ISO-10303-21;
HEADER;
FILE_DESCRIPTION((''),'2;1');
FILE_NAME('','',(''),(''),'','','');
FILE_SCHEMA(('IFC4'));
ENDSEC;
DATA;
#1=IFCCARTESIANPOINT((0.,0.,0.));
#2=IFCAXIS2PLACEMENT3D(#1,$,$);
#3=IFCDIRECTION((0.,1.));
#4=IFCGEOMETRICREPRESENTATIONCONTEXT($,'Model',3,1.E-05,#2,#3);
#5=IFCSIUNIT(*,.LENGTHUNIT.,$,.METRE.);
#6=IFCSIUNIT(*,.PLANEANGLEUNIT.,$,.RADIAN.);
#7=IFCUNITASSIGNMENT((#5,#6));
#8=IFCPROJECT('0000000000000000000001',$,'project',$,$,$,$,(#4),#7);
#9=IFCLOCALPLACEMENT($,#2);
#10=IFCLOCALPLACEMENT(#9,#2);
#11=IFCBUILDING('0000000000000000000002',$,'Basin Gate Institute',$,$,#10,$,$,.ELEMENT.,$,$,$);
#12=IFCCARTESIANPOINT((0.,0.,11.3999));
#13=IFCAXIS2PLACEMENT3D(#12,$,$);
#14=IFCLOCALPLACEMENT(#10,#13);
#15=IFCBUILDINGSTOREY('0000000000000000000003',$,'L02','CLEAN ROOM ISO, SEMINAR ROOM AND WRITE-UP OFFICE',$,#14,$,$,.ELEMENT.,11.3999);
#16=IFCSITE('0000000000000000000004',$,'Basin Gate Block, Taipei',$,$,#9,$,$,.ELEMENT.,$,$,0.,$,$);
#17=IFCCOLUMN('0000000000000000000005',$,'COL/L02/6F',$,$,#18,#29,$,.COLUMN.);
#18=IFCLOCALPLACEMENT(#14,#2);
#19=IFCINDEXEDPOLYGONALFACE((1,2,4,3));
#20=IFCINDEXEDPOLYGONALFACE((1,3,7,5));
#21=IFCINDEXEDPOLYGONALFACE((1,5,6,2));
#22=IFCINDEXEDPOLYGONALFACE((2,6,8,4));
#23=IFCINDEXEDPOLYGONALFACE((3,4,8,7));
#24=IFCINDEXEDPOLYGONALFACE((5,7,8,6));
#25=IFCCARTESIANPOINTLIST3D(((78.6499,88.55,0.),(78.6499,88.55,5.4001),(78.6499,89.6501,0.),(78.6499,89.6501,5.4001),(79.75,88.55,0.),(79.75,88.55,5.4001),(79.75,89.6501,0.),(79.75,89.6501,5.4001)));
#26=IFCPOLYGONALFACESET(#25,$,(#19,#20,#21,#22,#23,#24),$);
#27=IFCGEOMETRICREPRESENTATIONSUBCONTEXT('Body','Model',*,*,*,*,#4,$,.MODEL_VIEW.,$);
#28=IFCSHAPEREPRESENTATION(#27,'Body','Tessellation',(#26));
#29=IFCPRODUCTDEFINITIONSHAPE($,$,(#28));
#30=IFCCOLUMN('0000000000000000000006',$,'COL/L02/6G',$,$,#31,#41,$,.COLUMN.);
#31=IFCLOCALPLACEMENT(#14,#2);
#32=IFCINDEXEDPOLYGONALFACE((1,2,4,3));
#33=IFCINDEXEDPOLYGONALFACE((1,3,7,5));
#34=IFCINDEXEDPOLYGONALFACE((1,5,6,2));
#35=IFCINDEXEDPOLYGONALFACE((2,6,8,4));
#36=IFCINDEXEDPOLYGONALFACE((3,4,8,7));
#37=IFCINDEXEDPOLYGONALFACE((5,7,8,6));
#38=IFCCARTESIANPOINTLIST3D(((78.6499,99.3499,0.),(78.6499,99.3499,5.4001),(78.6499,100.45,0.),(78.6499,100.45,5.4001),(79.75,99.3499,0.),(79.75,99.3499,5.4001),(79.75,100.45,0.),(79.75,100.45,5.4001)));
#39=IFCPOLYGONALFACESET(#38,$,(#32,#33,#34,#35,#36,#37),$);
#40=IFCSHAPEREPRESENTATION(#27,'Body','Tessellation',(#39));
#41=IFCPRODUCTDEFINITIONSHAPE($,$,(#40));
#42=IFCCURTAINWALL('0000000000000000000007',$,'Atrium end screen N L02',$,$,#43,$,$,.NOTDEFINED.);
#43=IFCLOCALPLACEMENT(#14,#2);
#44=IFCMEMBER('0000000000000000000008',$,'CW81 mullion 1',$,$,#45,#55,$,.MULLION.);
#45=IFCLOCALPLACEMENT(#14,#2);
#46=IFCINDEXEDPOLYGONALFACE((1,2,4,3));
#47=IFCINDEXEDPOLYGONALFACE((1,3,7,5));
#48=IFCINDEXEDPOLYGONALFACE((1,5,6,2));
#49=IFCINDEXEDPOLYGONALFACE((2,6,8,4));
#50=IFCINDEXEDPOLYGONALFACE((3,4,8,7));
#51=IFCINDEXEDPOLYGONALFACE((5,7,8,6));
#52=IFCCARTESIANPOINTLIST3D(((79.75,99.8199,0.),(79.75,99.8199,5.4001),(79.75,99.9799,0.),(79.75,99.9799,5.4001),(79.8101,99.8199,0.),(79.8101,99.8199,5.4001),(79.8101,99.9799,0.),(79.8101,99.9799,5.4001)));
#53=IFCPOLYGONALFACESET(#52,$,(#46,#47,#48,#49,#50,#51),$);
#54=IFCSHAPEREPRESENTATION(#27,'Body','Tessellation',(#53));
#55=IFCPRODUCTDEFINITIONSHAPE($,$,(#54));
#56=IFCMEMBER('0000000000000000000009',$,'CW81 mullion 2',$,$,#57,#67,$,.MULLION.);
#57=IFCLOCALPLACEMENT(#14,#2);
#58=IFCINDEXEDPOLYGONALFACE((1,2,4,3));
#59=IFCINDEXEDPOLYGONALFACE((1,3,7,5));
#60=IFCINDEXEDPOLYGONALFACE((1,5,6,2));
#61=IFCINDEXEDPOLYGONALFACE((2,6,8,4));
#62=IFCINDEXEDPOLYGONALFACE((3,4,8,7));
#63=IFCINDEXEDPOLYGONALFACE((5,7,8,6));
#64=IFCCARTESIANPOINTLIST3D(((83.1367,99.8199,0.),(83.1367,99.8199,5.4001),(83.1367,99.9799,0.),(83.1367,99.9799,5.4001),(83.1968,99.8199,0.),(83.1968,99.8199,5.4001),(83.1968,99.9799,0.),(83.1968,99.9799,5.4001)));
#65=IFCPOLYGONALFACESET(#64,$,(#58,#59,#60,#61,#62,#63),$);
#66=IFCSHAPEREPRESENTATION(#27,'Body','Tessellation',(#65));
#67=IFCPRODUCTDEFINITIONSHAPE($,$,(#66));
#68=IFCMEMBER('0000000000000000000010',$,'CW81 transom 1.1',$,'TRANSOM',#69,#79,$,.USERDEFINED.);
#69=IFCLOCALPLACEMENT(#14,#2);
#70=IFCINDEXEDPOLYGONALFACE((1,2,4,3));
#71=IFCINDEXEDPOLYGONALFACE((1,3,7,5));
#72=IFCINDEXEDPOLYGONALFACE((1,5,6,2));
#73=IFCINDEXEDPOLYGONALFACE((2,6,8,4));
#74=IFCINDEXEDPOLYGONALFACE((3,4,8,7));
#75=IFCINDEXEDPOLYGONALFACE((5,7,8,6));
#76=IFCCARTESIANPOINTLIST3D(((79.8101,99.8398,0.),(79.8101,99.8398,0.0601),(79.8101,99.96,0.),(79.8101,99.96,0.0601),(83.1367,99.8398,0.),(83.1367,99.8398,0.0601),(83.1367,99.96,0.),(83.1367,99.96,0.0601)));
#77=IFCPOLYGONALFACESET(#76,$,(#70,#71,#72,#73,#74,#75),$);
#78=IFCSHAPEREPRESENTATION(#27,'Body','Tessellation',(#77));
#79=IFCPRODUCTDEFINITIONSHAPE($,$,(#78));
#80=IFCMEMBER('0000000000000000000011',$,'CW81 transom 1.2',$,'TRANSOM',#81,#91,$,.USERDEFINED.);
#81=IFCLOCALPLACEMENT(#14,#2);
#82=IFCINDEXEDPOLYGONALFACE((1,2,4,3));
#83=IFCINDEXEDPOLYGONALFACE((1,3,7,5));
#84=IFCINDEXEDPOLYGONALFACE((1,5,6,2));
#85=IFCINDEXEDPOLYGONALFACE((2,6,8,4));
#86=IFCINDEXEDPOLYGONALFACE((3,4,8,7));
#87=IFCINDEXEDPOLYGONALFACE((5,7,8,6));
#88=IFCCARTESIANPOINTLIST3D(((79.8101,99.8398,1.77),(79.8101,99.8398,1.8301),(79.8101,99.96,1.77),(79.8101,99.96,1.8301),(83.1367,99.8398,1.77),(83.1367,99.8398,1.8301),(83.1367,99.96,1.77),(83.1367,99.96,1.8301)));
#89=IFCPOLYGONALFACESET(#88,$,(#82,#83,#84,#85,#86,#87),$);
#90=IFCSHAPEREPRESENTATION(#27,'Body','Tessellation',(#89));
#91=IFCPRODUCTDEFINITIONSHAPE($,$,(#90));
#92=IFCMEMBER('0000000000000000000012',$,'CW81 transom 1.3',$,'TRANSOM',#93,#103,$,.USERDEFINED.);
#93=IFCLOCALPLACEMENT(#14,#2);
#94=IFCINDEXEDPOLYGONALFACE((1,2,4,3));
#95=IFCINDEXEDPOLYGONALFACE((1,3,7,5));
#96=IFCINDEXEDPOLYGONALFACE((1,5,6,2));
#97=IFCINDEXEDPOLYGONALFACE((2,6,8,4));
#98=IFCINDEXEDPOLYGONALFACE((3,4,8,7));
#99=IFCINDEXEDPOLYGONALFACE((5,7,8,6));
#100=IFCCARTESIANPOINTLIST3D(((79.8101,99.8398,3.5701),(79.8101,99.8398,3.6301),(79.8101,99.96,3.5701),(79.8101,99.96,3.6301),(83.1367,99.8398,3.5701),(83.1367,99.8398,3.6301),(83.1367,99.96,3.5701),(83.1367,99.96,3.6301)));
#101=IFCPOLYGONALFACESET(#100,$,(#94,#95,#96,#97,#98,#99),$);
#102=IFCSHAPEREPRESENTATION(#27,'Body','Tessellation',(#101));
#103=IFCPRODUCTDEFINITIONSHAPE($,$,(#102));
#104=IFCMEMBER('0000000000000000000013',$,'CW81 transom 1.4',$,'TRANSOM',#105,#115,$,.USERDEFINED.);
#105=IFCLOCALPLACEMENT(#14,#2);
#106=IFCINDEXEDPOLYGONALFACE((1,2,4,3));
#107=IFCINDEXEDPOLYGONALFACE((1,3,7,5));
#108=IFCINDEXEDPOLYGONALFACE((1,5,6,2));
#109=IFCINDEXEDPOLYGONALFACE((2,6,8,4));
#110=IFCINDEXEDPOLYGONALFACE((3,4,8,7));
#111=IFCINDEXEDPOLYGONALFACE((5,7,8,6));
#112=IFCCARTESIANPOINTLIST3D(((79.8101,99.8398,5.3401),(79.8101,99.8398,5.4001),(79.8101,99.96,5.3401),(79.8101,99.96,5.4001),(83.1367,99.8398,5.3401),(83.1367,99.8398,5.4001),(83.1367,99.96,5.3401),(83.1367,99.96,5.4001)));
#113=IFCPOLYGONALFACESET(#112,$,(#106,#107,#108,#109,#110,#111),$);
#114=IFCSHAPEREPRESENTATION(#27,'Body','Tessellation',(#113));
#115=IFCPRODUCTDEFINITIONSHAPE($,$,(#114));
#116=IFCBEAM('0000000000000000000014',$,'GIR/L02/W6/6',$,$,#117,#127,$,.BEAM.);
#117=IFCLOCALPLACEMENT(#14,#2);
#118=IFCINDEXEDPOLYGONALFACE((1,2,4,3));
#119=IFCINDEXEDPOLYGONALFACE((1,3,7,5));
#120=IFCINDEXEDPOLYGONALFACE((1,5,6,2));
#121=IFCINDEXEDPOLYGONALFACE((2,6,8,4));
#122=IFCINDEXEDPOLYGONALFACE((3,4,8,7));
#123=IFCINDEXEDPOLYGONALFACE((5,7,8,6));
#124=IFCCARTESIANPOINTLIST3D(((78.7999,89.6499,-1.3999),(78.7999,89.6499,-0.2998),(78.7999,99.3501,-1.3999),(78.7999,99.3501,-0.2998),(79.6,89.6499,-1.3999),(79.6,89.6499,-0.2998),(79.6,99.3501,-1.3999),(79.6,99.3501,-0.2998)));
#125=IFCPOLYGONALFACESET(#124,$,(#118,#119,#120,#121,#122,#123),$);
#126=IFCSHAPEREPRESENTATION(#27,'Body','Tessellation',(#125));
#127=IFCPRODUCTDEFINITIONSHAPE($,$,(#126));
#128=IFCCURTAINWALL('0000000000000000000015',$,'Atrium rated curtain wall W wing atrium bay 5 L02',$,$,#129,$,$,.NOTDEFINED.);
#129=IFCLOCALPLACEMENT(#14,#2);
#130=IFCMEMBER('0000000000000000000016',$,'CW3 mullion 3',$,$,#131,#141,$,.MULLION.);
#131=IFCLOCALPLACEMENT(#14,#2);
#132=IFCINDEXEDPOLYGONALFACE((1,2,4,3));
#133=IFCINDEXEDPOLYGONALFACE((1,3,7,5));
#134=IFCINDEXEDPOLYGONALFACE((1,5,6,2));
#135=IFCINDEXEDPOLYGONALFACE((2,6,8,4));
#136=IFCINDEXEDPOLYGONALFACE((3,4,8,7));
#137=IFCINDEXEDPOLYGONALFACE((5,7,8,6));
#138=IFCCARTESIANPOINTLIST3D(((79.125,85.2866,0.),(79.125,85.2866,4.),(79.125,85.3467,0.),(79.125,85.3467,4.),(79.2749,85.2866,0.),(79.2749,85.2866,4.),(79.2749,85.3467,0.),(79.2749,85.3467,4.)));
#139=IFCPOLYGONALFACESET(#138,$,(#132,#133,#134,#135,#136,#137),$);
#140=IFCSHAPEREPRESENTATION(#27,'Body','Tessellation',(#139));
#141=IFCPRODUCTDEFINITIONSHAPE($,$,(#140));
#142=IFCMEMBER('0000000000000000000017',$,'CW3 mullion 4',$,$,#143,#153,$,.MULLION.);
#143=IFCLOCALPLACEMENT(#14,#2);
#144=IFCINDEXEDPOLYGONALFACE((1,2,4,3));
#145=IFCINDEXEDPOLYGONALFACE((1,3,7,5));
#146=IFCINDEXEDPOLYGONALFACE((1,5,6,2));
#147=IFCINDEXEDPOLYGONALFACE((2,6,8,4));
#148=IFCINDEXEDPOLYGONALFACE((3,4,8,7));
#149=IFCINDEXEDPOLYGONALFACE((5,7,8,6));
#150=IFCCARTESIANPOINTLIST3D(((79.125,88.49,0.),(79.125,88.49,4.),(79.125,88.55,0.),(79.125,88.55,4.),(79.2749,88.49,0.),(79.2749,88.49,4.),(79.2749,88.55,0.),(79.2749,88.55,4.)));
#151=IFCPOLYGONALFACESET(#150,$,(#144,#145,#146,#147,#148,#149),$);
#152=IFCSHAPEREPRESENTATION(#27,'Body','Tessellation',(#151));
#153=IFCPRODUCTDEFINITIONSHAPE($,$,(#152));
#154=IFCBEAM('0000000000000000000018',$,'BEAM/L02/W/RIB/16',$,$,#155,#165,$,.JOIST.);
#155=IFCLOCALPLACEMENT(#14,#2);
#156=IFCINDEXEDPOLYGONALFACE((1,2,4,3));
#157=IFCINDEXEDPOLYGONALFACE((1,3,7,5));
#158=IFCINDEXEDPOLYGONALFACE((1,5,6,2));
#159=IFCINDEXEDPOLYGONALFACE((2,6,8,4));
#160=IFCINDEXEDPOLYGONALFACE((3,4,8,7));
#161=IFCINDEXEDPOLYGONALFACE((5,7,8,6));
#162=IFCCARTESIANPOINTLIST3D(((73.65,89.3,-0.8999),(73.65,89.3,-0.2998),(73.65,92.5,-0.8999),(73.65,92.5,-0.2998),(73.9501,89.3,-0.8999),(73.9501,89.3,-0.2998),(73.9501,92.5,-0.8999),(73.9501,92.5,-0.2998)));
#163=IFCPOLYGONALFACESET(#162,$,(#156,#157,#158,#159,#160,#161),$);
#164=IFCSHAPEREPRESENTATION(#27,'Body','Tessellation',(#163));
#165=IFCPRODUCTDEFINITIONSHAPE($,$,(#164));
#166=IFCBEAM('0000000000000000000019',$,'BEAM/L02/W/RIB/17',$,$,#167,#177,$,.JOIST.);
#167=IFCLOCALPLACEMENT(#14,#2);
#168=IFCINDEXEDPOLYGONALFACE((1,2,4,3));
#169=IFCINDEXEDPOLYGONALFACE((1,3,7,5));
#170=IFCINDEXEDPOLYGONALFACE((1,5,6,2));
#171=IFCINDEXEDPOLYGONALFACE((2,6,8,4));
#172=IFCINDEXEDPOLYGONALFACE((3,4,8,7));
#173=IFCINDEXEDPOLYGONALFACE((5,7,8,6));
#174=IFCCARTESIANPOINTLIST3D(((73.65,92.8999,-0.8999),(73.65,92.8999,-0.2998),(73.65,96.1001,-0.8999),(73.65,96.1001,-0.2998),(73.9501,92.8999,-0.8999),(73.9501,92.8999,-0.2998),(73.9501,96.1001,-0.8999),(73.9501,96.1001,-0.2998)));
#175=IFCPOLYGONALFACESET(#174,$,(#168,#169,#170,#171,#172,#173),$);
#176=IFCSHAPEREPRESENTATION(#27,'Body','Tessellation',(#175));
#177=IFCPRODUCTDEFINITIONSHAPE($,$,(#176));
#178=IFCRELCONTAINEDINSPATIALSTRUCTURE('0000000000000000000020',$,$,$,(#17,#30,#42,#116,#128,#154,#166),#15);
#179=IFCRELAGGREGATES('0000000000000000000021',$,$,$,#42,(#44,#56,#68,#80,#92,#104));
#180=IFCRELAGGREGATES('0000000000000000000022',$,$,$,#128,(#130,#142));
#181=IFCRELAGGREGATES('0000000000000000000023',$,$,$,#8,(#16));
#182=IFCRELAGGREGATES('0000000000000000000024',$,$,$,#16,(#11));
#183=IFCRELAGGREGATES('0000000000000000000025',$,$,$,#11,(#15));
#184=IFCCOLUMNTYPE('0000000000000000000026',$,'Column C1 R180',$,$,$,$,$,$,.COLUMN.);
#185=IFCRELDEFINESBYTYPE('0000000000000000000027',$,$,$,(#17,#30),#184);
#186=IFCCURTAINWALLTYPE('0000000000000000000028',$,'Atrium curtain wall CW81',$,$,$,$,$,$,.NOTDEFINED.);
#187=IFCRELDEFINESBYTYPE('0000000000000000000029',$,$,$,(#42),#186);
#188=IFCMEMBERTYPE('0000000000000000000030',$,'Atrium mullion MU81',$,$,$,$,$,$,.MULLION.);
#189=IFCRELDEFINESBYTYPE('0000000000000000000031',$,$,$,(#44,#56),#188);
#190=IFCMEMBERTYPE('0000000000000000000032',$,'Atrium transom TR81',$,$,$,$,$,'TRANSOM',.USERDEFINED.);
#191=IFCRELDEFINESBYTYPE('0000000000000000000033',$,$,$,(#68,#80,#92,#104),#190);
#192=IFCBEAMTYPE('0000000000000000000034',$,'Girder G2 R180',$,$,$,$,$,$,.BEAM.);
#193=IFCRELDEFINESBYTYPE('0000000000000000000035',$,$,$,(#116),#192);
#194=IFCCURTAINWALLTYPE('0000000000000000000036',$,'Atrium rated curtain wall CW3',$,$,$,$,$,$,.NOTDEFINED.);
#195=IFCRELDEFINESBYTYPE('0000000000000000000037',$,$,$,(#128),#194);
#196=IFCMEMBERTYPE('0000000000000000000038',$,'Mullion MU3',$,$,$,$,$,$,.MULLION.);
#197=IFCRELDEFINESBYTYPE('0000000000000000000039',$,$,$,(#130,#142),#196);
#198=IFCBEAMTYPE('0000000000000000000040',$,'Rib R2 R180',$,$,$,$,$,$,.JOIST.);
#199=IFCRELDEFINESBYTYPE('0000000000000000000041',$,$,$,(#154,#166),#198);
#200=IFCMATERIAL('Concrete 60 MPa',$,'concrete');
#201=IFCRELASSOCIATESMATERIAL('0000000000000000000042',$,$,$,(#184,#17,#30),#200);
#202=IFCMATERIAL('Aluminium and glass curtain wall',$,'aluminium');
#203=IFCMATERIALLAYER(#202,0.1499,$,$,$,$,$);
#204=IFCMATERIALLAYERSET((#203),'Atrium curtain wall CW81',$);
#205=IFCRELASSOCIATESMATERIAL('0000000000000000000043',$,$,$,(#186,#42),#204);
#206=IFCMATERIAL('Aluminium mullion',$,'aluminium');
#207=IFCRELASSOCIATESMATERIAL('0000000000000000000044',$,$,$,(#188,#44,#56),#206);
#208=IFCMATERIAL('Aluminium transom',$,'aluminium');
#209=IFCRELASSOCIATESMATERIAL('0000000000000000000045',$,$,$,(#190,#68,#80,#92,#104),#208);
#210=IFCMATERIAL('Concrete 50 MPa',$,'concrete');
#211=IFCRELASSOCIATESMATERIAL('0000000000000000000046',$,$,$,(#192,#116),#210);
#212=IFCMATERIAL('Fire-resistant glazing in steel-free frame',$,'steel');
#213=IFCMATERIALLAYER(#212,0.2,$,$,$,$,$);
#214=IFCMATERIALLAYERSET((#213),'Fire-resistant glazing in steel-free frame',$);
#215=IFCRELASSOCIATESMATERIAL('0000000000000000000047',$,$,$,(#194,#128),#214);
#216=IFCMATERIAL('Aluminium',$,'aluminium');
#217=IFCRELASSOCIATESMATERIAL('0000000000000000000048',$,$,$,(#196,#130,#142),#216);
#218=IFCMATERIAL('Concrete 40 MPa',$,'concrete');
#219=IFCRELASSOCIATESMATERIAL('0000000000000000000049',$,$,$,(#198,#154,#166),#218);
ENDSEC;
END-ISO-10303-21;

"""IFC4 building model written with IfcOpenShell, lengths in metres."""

from ifc_helpers import new_model, si_unit, direction, frame, origin, origin_2d, place, context, subcontext, project, spatial, rectangle, extrude, material, layer, layer_set, material_profile, profile_set, type_object, element, aggregate, save


model = new_model("IFC4")

# Units and contexts
model_context = context("Model", 3, precision=1e-05, world=origin(), true_north=direction((0.0, 1.0)))
body_context = subcontext(model_context, "Body", "Model", "MODEL_VIEW")
ifc_project = project(units=[si_unit("LENGTHUNIT", "METRE"), si_unit("PLANEANGLEUNIT", "RADIAN")], contexts=[model_context])

# Site, building, storey
site_placement = place(None, origin())
site = spatial("IfcSite", under=ifc_project, at=site_placement, Name="Basin Gate Block, Taipei", CompositionType="ELEMENT", RefElevation=0.0)
building_placement = place(site_placement, origin())
building = spatial("IfcBuilding", under=site, at=building_placement, Name="Basin Gate Institute", CompositionType="ELEMENT")
storey_placement = place(building_placement, frame((0.0, 0.0, 11.3999)))
storey = spatial("IfcBuildingStorey", under=building, at=storey_placement, Name="L02", Description="CLEAN ROOM ISO, SEMINAR ROOM AND WRITE-UP OFFICE", CompositionType="ELEMENT", Elevation=11.3999)

# Columns
ifc_material_1 = material(Name="Concrete 60 MPa", Category="concrete")
ifc_material_profile_1 = material_profile(ifc_material_1, rectangle(XDim=1.1001, YDim=1.1001, at=origin_2d()), Name="Column C1 1100 x 1100")
ifc_profile_set_1 = profile_set([ifc_material_profile_1], Name="Concrete 60 MPa")
column_type = type_object("IfcColumnType", Name="Column C1 R180", PredefinedType="COLUMN", material=ifc_profile_set_1)
for number, where, z_axis, x_axis, name in (
    (1, (79.2, 89.1001, 0.0), (0.0, 0.0, 1.0), (1.0, 0.0, 0.0), "COL/L02/6F"),
    (2, (79.2, 99.8999, 0.0), (0.0, 0.0, 1.0), (1.0, 0.0, 0.0), "COL/L02/6G"),
):
    element("IfcColumn", number, at=place(storey_placement, frame(where, z_axis=z_axis, x_axis=x_axis)), inside=storey, type_object=column_type, material=ifc_profile_set_1, Name=name, PredefinedType="COLUMN", context=body_context, shape_type="SweptSolid", body=[
        extrude(rectangle(XDim=1.1001, YDim=1.1001, at=origin_2d()), origin(), (0.0, 0.0, 1.0), 5.4001),
    ])

# Curtain wall, members
ifc_material_2 = material(Name="Aluminium and glass curtain wall", Category="aluminium")
ifc_layer_1 = layer(ifc_material_2, 0.1499)
ifc_layer_set_1 = layer_set([ifc_layer_1], Name="Atrium curtain wall CW81")
curtain_wall_type_1 = type_object("IfcCurtainWallType", Name="Atrium curtain wall CW81", PredefinedType="NOTDEFINED", material=ifc_layer_set_1)
curtain_wall_1_placement = place(storey_placement, origin())
curtain_wall_1 = element("IfcCurtainWall", 3, at=curtain_wall_1_placement, inside=storey, type_object=curtain_wall_type_1, material=ifc_layer_set_1, Name="Atrium end screen N L02", PredefinedType="NOTDEFINED")
ifc_material_3 = material(Name="Aluminium mullion", Category="aluminium")
ifc_material_profile_2 = material_profile(ifc_material_3, rectangle(XDim=0.1599, YDim=0.0601, at=origin_2d()), Name="Atrium mullion MU81 160 x 60")
ifc_profile_set_2 = profile_set([ifc_material_profile_2], Name="Aluminium mullion")
member_type_1 = type_object("IfcMemberType", Name="Atrium mullion MU81", PredefinedType="MULLION", material=ifc_profile_set_2)
member_1_placement = place(storey_placement, frame((79.78, 99.8999, 0.0), z_axis=(0.0, 0.0, 1.0), x_axis=(0.0, 1.0, 0.0)))
member_1 = element("IfcMember", 4, at=member_1_placement, type_object=member_type_1, material=ifc_profile_set_2, Name="CW81 mullion 1", PredefinedType="MULLION", context=body_context, shape_type="SweptSolid", body=[
    extrude(rectangle(XDim=0.1599, YDim=0.0601, at=origin_2d()), origin(), (0.0, 0.0, 1.0), 5.4001),
])
member_2_placement = place(storey_placement, frame((83.1667, 99.8999, 0.0), z_axis=(0.0, 0.0, 1.0), x_axis=(0.0, 1.0, 0.0)))
member_2 = element("IfcMember", 5, at=member_2_placement, type_object=member_type_1, material=ifc_profile_set_2, Name="CW81 mullion 2", PredefinedType="MULLION", context=body_context, shape_type="SweptSolid", body=[
    extrude(rectangle(XDim=0.1599, YDim=0.0601, at=origin_2d()), origin(), (0.0, 0.0, 1.0), 5.4001),
])
ifc_material_4 = material(Name="Aluminium transom", Category="aluminium")
ifc_material_profile_3 = material_profile(ifc_material_4, rectangle(XDim=0.1201, YDim=0.0601, at=origin_2d()), Name="Atrium transom TR81 120 x 60")
ifc_profile_set_3 = profile_set([ifc_material_profile_3], Name="Aluminium transom")
member_type_2 = type_object("IfcMemberType", Name="Atrium transom TR81", ElementType="TRANSOM", PredefinedType="USERDEFINED", material=ifc_profile_set_3)
member_3_placement = place(storey_placement, frame((79.8101, 99.8999, 0.03), z_axis=(1.0, 0.0, 0.0), x_axis=(0.0, 1.0, 0.0)))
member_3 = element("IfcMember", 6, at=member_3_placement, type_object=member_type_2, material=ifc_profile_set_3, Name="CW81 transom 1.1", ObjectType="TRANSOM", PredefinedType="USERDEFINED", context=body_context, shape_type="SweptSolid", body=[
    extrude(rectangle(XDim=0.1201, YDim=0.0601, at=origin_2d()), origin(), (0.0, 0.0, 1.0), 3.3267),
])
member_4_placement = place(storey_placement, frame((79.8101, 99.8999, 1.8), z_axis=(1.0, 0.0, 0.0), x_axis=(0.0, 1.0, 0.0)))
member_4 = element("IfcMember", 7, at=member_4_placement, type_object=member_type_2, material=ifc_profile_set_3, Name="CW81 transom 1.2", ObjectType="TRANSOM", PredefinedType="USERDEFINED", context=body_context, shape_type="SweptSolid", body=[
    extrude(rectangle(XDim=0.1201, YDim=0.0601, at=origin_2d()), origin(), (0.0, 0.0, 1.0), 3.3267),
])
member_5_placement = place(storey_placement, frame((79.8101, 99.8999, 3.6001), z_axis=(1.0, 0.0, 0.0), x_axis=(0.0, 1.0, 0.0)))
member_5 = element("IfcMember", 8, at=member_5_placement, type_object=member_type_2, material=ifc_profile_set_3, Name="CW81 transom 1.3", ObjectType="TRANSOM", PredefinedType="USERDEFINED", context=body_context, shape_type="SweptSolid", body=[
    extrude(rectangle(XDim=0.1201, YDim=0.0601, at=origin_2d()), origin(), (0.0, 0.0, 1.0), 3.3267),
])
member_6_placement = place(storey_placement, frame((79.8101, 99.8999, 5.3701), z_axis=(1.0, 0.0, 0.0), x_axis=(0.0, 1.0, 0.0)))
member_6 = element("IfcMember", 9, at=member_6_placement, type_object=member_type_2, material=ifc_profile_set_3, Name="CW81 transom 1.4", ObjectType="TRANSOM", PredefinedType="USERDEFINED", context=body_context, shape_type="SweptSolid", body=[
    extrude(rectangle(XDim=0.1201, YDim=0.0601, at=origin_2d()), origin(), (0.0, 0.0, 1.0), 3.3267),
])

# Beam
ifc_material_5 = material(Name="Concrete 50 MPa", Category="concrete")
ifc_material_profile_4 = material_profile(ifc_material_5, rectangle(XDim=0.8, YDim=1.1001, at=origin_2d()), Name="Girder G2 800 x 1100")
ifc_profile_set_4 = profile_set([ifc_material_profile_4], Name="Concrete 50 MPa")
beam_type_1 = type_object("IfcBeamType", Name="Girder G2 R180", PredefinedType="BEAM", material=ifc_profile_set_4)
beam_1_placement = place(storey_placement, frame((79.2, 89.6499, -0.8499), z_axis=(0.0, 1.0, 0.0), x_axis=(-1.0, 0.0, 0.0)))
element("IfcBeam", 10, at=beam_1_placement, inside=storey, type_object=beam_type_1, material=ifc_profile_set_4, Name="GIR/L02/W6/6", PredefinedType="BEAM", context=body_context, shape_type="SweptSolid", body=[
    extrude(rectangle(XDim=0.8, YDim=1.1001, at=origin_2d()), origin(), (0.0, 0.0, 1.0), 9.7002),
])

# Curtain wall, members
ifc_material_6 = material(Name="Fire-resistant glazing in steel-free frame", Category="steel")
ifc_layer_2 = layer(ifc_material_6, 0.2)
ifc_layer_set_2 = layer_set([ifc_layer_2], Name="Fire-resistant glazing in steel-free frame")
curtain_wall_type_2 = type_object("IfcCurtainWallType", Name="Atrium rated curtain wall CW3", PredefinedType="NOTDEFINED", material=ifc_layer_set_2)
curtain_wall_2_placement = place(storey_placement, origin())
curtain_wall_2 = element("IfcCurtainWall", 11, at=curtain_wall_2_placement, inside=storey, type_object=curtain_wall_type_2, material=ifc_layer_set_2, Name="Atrium rated curtain wall W wing atrium bay 5 L02", PredefinedType="NOTDEFINED")
ifc_material_7 = material(Name="Aluminium", Category="aluminium")
ifc_material_profile_5 = material_profile(ifc_material_7, rectangle(XDim=0.1499, YDim=0.0601, at=origin_2d()), Name="Mullion MU3 150 x 60")
ifc_profile_set_5 = profile_set([ifc_material_profile_5], Name="Aluminium")
member_type_3 = type_object("IfcMemberType", Name="Mullion MU3", PredefinedType="MULLION", material=ifc_profile_set_5)
member_7_placement = place(storey_placement, frame((79.2, 85.3167, 0.0), z_axis=(0.0, 0.0, 1.0), x_axis=(-1.0, 0.0, 0.0)))
member_7 = element("IfcMember", 12, at=member_7_placement, type_object=member_type_3, material=ifc_profile_set_5, Name="CW3 mullion 3", PredefinedType="MULLION", context=body_context, shape_type="SweptSolid", body=[
    extrude(rectangle(XDim=0.1499, YDim=0.0601, at=origin_2d()), origin(), (0.0, 0.0, 1.0), 4.0),
])
member_8_placement = place(storey_placement, frame((79.2, 88.52, 0.0), z_axis=(0.0, 0.0, 1.0), x_axis=(-1.0, 0.0, 0.0)))
member_8 = element("IfcMember", 13, at=member_8_placement, type_object=member_type_3, material=ifc_profile_set_5, Name="CW3 mullion 4", PredefinedType="MULLION", context=body_context, shape_type="SweptSolid", body=[
    extrude(rectangle(XDim=0.1499, YDim=0.0601, at=origin_2d()), origin(), (0.0, 0.0, 1.0), 4.0),
])

# Beams
ifc_material_8 = material(Name="Concrete 40 MPa", Category="concrete")
ifc_material_profile_6 = material_profile(ifc_material_8, rectangle(XDim=0.3, YDim=0.6001, at=origin_2d()), Name="Rib R2 300 x 600")
ifc_profile_set_6 = profile_set([ifc_material_profile_6], Name="Concrete 40 MPa")
beam_type_2 = type_object("IfcBeamType", Name="Rib R2 R180", PredefinedType="JOIST", material=ifc_profile_set_6)
beam_2_placement = place(storey_placement, frame((73.8, 89.3, -0.5999), z_axis=(0.0, 1.0, 0.0), x_axis=(-1.0, 0.0, 0.0)))
element("IfcBeam", 14, at=beam_2_placement, inside=storey, type_object=beam_type_2, material=ifc_profile_set_6, Name="BEAM/L02/W/RIB/16", PredefinedType="JOIST", context=body_context, shape_type="SweptSolid", body=[
    extrude(rectangle(XDim=0.3, YDim=0.6001, at=origin_2d()), origin(), (0.0, 0.0, 1.0), 3.2),
])
beam_3_placement = place(storey_placement, frame((73.8, 92.8999, -0.5999), z_axis=(0.0, 1.0, 0.0), x_axis=(-1.0, 0.0, 0.0)))
element("IfcBeam", 15, at=beam_3_placement, inside=storey, type_object=beam_type_2, material=ifc_profile_set_6, Name="BEAM/L02/W/RIB/17", PredefinedType="JOIST", context=body_context, shape_type="SweptSolid", body=[
    extrude(rectangle(XDim=0.3, YDim=0.6001, at=origin_2d()), origin(), (0.0, 0.0, 1.0), 3.2002),
])

aggregate(curtain_wall_1, [member_1, member_2, member_3, member_4, member_5, member_6])
aggregate(curtain_wall_2, [member_7, member_8])

save(model, "model.ifc")
